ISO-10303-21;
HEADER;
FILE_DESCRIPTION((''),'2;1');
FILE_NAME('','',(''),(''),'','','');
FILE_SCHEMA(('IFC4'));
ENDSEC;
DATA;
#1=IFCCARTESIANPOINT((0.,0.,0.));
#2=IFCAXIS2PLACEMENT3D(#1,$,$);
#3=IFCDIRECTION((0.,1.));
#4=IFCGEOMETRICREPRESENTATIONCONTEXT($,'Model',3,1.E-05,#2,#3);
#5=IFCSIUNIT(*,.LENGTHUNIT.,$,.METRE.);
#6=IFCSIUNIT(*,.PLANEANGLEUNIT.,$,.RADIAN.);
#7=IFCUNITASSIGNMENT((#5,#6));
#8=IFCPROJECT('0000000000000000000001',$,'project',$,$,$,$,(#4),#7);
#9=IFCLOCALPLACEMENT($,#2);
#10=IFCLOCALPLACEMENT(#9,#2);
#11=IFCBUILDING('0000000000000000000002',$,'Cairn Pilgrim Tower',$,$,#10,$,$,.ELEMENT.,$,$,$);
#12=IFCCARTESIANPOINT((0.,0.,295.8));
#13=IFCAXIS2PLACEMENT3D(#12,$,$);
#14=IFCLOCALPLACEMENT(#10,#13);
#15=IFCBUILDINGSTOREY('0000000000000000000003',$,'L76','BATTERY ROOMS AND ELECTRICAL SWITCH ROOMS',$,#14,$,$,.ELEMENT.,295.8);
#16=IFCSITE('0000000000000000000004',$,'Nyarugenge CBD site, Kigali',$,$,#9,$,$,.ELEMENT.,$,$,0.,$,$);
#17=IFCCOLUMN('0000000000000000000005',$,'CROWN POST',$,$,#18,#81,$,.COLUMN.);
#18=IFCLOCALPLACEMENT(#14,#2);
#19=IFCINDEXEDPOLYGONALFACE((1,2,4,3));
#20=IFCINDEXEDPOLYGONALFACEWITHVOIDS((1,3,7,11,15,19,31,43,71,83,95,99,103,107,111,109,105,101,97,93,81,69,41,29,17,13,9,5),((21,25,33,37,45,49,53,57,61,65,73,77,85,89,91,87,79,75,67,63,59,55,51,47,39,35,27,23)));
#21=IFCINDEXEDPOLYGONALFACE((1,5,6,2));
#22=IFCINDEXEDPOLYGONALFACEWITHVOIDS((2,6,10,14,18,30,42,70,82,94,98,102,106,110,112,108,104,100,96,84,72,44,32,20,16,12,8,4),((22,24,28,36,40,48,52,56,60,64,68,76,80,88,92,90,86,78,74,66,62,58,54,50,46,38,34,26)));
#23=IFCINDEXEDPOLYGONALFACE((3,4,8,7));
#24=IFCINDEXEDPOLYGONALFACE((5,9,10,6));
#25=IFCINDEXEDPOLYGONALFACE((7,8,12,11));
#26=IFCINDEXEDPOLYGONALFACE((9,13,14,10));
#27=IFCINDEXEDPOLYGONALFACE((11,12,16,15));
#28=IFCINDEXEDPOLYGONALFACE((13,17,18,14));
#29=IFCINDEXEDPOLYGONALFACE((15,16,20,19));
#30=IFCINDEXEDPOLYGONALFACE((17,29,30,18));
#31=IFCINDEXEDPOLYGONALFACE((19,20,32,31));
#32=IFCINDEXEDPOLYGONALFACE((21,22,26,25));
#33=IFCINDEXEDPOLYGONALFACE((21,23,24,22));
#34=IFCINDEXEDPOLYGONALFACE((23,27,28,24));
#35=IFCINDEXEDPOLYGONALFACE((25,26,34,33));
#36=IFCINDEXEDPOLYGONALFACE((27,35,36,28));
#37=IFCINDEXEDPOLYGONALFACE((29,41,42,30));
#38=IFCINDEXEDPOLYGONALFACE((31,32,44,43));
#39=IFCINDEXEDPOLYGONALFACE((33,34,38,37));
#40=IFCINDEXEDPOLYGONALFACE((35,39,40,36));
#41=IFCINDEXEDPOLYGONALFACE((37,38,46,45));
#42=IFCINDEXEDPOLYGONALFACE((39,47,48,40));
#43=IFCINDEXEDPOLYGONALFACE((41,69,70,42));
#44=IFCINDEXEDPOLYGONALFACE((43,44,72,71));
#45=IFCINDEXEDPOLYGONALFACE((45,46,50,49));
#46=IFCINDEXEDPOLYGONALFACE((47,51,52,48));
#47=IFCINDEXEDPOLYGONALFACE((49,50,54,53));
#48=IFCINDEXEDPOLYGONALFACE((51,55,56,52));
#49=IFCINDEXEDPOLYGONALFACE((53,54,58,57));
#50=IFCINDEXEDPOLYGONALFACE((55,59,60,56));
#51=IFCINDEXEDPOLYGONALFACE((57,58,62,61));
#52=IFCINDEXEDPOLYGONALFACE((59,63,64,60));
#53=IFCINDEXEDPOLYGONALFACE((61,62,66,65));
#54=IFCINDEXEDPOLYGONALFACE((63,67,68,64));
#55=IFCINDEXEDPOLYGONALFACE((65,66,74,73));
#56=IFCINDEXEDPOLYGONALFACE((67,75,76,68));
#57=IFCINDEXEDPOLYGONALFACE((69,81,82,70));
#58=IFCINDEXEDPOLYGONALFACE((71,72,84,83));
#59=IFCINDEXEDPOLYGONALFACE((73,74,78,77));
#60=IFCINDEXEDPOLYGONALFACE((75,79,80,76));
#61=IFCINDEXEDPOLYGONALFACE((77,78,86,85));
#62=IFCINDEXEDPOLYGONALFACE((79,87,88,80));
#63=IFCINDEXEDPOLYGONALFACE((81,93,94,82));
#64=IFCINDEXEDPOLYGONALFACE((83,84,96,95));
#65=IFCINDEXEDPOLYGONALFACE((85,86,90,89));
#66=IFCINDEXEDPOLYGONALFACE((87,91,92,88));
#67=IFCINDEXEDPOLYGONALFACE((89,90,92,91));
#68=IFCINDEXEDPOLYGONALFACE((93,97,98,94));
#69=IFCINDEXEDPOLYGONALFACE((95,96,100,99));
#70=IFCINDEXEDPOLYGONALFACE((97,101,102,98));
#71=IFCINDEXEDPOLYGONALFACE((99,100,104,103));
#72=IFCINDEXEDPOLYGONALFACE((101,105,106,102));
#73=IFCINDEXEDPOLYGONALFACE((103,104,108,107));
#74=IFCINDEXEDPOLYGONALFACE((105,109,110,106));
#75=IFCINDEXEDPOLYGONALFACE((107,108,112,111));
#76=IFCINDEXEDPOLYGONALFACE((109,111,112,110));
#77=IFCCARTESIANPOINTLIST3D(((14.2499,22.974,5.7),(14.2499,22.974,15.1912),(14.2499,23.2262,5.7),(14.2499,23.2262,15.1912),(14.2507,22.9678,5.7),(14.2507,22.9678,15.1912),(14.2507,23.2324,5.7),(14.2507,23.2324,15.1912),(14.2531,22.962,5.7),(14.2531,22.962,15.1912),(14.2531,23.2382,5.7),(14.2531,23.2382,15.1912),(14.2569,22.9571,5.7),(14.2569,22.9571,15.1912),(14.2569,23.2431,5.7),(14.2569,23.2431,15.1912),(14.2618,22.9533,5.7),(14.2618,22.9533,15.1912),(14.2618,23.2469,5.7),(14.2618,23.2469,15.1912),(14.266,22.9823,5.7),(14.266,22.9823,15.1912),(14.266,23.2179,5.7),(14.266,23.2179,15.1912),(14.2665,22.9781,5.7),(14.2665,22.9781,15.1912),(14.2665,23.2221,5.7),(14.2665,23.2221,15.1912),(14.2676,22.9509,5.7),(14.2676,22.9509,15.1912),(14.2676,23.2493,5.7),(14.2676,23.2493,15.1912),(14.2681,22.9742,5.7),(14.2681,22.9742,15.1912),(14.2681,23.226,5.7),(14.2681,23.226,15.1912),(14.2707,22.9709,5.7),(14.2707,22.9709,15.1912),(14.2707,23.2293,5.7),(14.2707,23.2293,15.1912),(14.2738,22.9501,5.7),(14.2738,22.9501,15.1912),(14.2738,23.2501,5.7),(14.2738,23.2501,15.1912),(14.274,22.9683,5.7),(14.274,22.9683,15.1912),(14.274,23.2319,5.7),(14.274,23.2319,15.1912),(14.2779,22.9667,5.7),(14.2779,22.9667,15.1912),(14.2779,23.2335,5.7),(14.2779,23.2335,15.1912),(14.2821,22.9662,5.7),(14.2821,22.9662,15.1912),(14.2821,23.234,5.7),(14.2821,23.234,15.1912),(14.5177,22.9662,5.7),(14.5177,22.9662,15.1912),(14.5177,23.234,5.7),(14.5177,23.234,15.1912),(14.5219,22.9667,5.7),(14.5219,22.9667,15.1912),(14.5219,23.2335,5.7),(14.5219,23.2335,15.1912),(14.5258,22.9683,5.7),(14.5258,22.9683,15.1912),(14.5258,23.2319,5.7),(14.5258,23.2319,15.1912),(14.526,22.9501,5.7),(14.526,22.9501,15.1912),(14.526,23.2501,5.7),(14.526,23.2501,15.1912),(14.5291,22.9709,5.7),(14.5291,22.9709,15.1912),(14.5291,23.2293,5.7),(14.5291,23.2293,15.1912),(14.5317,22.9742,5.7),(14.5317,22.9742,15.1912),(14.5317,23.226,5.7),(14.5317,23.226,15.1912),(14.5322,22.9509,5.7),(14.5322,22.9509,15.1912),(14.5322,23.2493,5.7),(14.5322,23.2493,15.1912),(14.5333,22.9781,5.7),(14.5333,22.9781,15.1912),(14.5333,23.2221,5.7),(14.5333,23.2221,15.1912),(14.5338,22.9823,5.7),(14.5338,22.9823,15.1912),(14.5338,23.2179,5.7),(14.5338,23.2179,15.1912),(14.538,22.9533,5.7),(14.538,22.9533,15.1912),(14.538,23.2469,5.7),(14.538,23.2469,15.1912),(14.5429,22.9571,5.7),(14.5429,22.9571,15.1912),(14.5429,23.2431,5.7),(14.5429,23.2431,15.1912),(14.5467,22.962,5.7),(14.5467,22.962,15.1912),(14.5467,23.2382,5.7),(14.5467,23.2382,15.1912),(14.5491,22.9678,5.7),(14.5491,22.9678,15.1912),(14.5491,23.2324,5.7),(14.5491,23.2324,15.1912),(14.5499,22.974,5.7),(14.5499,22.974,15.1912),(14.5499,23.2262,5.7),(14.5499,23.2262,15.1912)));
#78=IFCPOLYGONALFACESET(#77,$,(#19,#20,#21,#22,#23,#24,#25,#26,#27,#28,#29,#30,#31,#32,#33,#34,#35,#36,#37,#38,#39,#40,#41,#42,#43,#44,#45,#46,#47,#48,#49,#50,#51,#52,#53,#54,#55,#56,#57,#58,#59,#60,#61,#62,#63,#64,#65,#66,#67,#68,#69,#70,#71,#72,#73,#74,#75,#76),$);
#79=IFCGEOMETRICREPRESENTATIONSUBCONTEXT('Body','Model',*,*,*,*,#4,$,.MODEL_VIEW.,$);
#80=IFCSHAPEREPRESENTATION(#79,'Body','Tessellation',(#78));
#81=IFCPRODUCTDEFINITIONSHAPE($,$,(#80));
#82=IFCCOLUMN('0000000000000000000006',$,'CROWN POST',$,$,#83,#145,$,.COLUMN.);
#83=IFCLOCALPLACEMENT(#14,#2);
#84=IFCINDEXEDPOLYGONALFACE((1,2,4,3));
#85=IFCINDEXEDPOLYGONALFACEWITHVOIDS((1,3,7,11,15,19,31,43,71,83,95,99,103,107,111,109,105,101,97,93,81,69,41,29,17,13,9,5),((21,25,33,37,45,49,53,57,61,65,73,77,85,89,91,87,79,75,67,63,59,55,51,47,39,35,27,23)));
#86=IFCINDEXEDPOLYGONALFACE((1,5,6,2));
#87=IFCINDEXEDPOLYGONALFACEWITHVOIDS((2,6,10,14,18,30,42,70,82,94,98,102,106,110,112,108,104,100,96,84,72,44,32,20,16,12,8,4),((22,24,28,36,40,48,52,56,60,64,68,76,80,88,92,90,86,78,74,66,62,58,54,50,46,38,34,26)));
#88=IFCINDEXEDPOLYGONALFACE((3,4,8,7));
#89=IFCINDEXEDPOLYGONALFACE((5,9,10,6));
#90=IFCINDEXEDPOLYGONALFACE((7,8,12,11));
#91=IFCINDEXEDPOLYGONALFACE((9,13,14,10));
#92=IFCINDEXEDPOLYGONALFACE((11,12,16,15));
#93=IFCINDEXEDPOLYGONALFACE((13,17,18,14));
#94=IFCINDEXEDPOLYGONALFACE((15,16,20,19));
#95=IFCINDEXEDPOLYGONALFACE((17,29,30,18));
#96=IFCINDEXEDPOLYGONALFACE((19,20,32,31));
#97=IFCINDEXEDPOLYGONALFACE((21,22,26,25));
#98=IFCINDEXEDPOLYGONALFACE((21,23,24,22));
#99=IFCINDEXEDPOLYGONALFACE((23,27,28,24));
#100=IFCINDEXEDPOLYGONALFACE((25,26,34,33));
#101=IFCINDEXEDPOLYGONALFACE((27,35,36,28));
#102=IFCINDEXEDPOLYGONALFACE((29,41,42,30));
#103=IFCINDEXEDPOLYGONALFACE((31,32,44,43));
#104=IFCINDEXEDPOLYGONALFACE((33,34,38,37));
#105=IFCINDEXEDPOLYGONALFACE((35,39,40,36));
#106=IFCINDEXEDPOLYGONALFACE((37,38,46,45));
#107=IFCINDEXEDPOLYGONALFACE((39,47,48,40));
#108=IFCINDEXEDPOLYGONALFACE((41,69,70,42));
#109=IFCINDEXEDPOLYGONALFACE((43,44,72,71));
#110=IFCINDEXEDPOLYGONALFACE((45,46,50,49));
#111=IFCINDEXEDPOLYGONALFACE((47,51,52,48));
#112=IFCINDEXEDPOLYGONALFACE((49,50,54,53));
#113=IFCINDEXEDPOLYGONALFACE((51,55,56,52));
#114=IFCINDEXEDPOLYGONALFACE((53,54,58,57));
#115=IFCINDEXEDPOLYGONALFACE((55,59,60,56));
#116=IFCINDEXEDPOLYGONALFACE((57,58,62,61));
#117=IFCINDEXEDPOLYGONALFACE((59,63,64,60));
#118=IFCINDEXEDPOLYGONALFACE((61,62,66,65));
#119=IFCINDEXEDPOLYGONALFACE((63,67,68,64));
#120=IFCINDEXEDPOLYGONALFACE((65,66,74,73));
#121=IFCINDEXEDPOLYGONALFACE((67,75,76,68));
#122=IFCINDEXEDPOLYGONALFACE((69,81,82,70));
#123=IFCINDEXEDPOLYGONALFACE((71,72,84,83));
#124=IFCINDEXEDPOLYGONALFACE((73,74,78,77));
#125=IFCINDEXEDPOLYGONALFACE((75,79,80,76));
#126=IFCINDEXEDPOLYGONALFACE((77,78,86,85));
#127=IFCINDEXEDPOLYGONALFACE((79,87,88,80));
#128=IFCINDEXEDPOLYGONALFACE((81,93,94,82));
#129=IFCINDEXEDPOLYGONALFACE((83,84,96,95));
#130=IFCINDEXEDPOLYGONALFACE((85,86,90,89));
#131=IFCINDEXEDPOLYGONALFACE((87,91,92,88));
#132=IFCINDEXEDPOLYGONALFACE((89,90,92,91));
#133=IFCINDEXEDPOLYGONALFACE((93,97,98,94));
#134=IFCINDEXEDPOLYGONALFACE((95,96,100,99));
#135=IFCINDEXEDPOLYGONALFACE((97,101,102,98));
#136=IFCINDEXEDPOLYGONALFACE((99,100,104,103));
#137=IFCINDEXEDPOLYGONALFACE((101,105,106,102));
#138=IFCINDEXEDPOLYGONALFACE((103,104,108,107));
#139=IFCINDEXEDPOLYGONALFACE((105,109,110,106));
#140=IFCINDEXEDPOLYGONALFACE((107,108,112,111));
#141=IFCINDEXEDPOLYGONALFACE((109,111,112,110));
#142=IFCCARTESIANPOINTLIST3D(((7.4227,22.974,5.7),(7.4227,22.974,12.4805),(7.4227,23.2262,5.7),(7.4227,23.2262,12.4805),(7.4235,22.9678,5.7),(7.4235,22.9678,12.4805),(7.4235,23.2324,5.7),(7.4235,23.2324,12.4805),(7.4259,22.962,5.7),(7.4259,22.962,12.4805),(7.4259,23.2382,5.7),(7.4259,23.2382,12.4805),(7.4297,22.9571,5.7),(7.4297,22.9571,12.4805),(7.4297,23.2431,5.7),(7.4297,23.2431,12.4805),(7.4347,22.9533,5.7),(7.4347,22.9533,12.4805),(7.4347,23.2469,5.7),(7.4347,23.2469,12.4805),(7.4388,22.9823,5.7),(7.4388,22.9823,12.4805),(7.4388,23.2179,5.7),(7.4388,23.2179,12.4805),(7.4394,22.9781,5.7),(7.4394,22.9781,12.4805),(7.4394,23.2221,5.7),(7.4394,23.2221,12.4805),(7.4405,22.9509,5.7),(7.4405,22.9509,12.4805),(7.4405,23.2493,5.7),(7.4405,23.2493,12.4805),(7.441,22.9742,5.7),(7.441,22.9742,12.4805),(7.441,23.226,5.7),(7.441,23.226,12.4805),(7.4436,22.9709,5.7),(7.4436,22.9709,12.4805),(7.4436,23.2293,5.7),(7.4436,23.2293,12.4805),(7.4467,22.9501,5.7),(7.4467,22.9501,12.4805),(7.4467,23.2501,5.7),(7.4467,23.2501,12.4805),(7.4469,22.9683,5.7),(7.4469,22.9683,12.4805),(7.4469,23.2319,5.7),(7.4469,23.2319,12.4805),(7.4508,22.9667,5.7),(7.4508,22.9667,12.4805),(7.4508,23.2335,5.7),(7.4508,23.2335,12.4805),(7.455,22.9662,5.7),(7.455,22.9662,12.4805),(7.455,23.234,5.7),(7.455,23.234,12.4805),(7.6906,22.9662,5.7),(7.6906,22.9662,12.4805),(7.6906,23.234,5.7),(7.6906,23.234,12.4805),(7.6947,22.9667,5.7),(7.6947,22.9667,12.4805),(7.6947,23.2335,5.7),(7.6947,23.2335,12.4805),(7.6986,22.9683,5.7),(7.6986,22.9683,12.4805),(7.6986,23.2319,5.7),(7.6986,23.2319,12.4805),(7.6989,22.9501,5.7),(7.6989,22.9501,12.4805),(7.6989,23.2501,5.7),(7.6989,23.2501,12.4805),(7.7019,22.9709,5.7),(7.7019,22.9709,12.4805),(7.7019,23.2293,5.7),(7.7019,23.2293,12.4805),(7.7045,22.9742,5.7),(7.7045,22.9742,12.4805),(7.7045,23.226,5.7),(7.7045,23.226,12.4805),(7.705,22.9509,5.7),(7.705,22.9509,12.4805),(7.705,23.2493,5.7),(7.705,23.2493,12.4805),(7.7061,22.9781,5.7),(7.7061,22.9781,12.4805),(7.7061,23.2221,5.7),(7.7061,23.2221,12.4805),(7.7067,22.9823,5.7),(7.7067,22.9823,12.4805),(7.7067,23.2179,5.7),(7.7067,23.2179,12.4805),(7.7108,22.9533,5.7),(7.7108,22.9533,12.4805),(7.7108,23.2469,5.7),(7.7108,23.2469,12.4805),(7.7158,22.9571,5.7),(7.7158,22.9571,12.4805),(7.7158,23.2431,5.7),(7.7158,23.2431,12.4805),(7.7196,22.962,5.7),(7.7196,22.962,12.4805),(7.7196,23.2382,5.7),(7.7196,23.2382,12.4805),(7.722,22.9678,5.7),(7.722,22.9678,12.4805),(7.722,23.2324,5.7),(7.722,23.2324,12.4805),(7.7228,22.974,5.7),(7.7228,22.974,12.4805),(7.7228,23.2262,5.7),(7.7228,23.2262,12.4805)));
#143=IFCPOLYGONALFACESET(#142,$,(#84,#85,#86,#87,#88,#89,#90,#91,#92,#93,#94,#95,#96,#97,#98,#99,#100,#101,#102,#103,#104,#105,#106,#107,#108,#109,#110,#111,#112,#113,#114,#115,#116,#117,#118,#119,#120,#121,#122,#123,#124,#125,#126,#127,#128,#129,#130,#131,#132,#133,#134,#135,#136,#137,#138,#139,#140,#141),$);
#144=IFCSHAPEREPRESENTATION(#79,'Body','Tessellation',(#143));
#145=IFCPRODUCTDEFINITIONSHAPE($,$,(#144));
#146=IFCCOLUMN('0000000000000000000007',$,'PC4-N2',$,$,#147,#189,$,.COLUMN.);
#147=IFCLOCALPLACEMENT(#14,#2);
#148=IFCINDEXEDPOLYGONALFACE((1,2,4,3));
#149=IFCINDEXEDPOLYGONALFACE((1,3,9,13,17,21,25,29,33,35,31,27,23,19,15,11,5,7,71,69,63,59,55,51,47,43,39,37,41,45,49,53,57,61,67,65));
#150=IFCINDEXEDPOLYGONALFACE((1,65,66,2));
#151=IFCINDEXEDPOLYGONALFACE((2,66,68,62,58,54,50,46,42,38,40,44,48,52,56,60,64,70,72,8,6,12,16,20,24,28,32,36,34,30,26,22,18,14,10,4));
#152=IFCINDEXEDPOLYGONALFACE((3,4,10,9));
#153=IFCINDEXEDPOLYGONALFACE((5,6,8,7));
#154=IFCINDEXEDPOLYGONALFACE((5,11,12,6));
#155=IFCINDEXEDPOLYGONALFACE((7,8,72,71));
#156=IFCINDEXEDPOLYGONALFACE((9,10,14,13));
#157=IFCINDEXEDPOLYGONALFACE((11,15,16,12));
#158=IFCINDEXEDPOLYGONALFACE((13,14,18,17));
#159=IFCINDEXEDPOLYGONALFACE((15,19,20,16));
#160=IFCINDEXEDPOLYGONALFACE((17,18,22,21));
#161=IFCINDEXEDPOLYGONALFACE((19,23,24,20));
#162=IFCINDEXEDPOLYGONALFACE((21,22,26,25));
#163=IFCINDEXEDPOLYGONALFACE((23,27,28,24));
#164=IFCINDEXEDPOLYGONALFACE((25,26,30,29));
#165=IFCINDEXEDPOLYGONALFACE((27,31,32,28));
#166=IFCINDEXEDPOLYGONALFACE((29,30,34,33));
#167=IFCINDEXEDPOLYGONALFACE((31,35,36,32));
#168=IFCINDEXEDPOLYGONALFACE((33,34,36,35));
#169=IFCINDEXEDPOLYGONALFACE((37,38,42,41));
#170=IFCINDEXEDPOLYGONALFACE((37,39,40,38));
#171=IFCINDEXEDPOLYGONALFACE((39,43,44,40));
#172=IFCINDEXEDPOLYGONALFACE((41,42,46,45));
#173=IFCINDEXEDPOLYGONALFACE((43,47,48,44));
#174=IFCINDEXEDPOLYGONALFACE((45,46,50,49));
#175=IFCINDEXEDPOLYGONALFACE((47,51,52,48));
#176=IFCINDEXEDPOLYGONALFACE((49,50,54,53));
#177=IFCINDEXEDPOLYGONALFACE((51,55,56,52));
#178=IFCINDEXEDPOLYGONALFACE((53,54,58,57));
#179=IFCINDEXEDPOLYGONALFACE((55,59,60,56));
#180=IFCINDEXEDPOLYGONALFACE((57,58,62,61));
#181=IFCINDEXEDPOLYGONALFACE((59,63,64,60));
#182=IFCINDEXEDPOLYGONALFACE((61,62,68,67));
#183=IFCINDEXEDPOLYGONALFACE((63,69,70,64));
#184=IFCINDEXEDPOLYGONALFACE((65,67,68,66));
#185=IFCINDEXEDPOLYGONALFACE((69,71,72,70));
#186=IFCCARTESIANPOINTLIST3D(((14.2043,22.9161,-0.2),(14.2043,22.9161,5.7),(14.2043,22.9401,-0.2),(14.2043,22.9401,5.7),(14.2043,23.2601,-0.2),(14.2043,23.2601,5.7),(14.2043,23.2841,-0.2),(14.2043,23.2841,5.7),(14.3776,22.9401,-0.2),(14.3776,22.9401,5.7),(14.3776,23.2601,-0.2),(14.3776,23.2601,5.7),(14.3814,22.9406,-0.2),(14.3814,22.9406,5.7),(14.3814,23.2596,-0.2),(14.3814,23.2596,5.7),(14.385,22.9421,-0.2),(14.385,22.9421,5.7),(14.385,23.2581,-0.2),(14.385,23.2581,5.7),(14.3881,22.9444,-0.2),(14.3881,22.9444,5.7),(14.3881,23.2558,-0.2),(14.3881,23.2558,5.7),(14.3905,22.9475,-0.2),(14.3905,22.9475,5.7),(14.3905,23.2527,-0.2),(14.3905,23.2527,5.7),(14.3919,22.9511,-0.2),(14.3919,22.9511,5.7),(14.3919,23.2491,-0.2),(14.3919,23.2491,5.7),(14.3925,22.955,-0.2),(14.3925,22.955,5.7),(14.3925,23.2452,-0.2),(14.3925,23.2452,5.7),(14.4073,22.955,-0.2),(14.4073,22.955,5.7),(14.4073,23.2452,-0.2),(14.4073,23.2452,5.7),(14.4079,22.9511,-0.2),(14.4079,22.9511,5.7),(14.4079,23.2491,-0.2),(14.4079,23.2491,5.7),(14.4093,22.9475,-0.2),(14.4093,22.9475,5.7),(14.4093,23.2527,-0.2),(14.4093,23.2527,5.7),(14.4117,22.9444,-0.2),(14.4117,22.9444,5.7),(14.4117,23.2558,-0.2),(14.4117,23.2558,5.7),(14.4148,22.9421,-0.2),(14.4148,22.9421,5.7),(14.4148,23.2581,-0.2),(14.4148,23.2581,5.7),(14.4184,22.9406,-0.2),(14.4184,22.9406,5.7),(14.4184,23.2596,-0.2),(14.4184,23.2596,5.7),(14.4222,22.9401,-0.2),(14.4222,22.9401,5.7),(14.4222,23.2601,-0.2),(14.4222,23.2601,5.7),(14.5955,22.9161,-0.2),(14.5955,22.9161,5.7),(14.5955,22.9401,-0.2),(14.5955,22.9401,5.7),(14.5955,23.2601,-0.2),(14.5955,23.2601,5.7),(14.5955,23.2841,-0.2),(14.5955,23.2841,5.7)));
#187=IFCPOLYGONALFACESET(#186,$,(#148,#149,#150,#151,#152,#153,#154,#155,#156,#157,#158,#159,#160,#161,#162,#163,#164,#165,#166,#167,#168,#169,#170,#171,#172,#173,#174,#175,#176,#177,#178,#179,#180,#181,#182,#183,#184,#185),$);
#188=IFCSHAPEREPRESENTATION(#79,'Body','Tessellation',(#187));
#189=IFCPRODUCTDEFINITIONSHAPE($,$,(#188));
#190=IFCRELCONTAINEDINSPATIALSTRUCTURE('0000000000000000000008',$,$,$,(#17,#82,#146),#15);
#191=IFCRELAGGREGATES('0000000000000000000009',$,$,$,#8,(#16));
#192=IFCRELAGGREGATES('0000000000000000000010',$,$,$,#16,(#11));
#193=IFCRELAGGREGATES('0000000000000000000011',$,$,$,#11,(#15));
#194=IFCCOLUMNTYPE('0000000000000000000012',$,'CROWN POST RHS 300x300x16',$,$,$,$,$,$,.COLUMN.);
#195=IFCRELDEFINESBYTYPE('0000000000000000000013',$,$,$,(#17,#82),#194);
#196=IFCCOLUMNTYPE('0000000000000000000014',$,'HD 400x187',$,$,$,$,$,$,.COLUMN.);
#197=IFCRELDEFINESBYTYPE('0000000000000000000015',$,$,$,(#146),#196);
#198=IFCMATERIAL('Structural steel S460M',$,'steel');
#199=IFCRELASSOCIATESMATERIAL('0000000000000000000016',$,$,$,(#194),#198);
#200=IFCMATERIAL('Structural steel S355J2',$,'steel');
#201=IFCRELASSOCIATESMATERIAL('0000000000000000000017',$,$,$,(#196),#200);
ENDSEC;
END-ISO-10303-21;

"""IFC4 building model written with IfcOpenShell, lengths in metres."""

from ifc_helpers import new_model, si_unit, direction, frame, origin, origin_2d, place, context, subcontext, project, spatial, hollow_rectangle, i_section, extrude, material, material_profile, profile_set, type_object, element, save


model = new_model("IFC4")

# Units and contexts
model_context = context("Model", 3, precision=1e-05, world=origin(), true_north=direction((0.0, 1.0)))
body_context = subcontext(model_context, "Body", "Model", "MODEL_VIEW")
ifc_project = project(units=[si_unit("LENGTHUNIT", "METRE"), si_unit("PLANEANGLEUNIT", "RADIAN")], contexts=[model_context])

# Site, building, storey
site_placement = place(None, origin())
site = spatial("IfcSite", under=ifc_project, at=site_placement, Name="Nyarugenge CBD site, Kigali", CompositionType="ELEMENT", RefElevation=0.0)
building_placement = place(site_placement, origin())
building = spatial("IfcBuilding", under=site, at=building_placement, Name="Cairn Pilgrim Tower", CompositionType="ELEMENT")
storey_placement = place(building_placement, frame((0.0, 0.0, 295.8)))
storey = spatial("IfcBuildingStorey", under=building, at=storey_placement, Name="L76", Description="BATTERY ROOMS AND ELECTRICAL SWITCH ROOMS", CompositionType="ELEMENT", Elevation=295.8)

# Columns
ifc_material_1 = material(Name="Structural steel S460M", Category="steel")
ifc_material_profile_1 = material_profile(ifc_material_1, hollow_rectangle(XDim=0.3, YDim=0.3, WallThickness=0.0161, InnerFilletRadius=0.0161, OuterFilletRadius=0.0239, at=origin_2d()), Name="SHS 300x300x16")
ifc_profile_set_1 = profile_set([ifc_material_profile_1], Name="Structural steel S460M")
column_type_1 = type_object("IfcColumnType", Name="CROWN POST RHS 300x300x16", PredefinedType="COLUMN", material=ifc_profile_set_1)
column_1_placement = place(storey_placement, frame((14.3999, 23.1001, 5.7), z_axis=(0.0, 0.0, 1.0), x_axis=(1.0, 0.0, 0.0)))
element("IfcColumn", 1, at=column_1_placement, inside=storey, type_object=column_type_1, Name="CROWN POST", PredefinedType="COLUMN", context=body_context, shape_type="SweptSolid", body=[
    extrude(hollow_rectangle(XDim=0.3, YDim=0.3, WallThickness=0.0161, InnerFilletRadius=0.0161, OuterFilletRadius=0.0239, at=origin_2d()), origin(), (0.0, 0.0, 1.0), 9.4912),
])
column_2_placement = place(storey_placement, frame((7.5728, 23.1001, 5.7), z_axis=(0.0, 0.0, 1.0), x_axis=(1.0, 0.0, 0.0)))
element("IfcColumn", 2, at=column_2_placement, inside=storey, type_object=column_type_1, Name="CROWN POST", PredefinedType="COLUMN", context=body_context, shape_type="SweptSolid", body=[
    extrude(hollow_rectangle(XDim=0.3, YDim=0.3, WallThickness=0.0161, InnerFilletRadius=0.0161, OuterFilletRadius=0.0239, at=origin_2d()), origin(), (0.0, 0.0, 1.0), 6.7805),
])
ifc_material_2 = material(Name="Structural steel S355J2", Category="steel")
ifc_material_profile_2 = material_profile(ifc_material_2, i_section(OverallWidth=0.3911, OverallDepth=0.3679, WebThickness=0.0149, FlangeThickness=0.0239, FilletRadius=0.0149, at=origin_2d()), Name="HD 400x187")
ifc_profile_set_2 = profile_set([ifc_material_profile_2], Name="Structural steel S355J2")
column_type_2 = type_object("IfcColumnType", Name="HD 400x187", PredefinedType="COLUMN", material=ifc_profile_set_2)
for number, where, z_axis, x_axis, name in (
    (3, (14.3999, 23.1001, -0.2), (0.0, 0.0, 1.0), (1.0, 0.0, 0.0), "PC4-N2"),
):
    element("IfcColumn", number, at=place(storey_placement, frame(where, z_axis=z_axis, x_axis=x_axis)), inside=storey, type_object=column_type_2, Name=name, PredefinedType="COLUMN", context=body_context, shape_type="SweptSolid", body=[
        extrude(i_section(OverallWidth=0.3911, OverallDepth=0.3679, WebThickness=0.0149, FlangeThickness=0.0239, FilletRadius=0.0149, at=origin_2d()), origin(), (0.0, 0.0, 1.0), 5.8999),
    ])

save(model, "model.ifc")
